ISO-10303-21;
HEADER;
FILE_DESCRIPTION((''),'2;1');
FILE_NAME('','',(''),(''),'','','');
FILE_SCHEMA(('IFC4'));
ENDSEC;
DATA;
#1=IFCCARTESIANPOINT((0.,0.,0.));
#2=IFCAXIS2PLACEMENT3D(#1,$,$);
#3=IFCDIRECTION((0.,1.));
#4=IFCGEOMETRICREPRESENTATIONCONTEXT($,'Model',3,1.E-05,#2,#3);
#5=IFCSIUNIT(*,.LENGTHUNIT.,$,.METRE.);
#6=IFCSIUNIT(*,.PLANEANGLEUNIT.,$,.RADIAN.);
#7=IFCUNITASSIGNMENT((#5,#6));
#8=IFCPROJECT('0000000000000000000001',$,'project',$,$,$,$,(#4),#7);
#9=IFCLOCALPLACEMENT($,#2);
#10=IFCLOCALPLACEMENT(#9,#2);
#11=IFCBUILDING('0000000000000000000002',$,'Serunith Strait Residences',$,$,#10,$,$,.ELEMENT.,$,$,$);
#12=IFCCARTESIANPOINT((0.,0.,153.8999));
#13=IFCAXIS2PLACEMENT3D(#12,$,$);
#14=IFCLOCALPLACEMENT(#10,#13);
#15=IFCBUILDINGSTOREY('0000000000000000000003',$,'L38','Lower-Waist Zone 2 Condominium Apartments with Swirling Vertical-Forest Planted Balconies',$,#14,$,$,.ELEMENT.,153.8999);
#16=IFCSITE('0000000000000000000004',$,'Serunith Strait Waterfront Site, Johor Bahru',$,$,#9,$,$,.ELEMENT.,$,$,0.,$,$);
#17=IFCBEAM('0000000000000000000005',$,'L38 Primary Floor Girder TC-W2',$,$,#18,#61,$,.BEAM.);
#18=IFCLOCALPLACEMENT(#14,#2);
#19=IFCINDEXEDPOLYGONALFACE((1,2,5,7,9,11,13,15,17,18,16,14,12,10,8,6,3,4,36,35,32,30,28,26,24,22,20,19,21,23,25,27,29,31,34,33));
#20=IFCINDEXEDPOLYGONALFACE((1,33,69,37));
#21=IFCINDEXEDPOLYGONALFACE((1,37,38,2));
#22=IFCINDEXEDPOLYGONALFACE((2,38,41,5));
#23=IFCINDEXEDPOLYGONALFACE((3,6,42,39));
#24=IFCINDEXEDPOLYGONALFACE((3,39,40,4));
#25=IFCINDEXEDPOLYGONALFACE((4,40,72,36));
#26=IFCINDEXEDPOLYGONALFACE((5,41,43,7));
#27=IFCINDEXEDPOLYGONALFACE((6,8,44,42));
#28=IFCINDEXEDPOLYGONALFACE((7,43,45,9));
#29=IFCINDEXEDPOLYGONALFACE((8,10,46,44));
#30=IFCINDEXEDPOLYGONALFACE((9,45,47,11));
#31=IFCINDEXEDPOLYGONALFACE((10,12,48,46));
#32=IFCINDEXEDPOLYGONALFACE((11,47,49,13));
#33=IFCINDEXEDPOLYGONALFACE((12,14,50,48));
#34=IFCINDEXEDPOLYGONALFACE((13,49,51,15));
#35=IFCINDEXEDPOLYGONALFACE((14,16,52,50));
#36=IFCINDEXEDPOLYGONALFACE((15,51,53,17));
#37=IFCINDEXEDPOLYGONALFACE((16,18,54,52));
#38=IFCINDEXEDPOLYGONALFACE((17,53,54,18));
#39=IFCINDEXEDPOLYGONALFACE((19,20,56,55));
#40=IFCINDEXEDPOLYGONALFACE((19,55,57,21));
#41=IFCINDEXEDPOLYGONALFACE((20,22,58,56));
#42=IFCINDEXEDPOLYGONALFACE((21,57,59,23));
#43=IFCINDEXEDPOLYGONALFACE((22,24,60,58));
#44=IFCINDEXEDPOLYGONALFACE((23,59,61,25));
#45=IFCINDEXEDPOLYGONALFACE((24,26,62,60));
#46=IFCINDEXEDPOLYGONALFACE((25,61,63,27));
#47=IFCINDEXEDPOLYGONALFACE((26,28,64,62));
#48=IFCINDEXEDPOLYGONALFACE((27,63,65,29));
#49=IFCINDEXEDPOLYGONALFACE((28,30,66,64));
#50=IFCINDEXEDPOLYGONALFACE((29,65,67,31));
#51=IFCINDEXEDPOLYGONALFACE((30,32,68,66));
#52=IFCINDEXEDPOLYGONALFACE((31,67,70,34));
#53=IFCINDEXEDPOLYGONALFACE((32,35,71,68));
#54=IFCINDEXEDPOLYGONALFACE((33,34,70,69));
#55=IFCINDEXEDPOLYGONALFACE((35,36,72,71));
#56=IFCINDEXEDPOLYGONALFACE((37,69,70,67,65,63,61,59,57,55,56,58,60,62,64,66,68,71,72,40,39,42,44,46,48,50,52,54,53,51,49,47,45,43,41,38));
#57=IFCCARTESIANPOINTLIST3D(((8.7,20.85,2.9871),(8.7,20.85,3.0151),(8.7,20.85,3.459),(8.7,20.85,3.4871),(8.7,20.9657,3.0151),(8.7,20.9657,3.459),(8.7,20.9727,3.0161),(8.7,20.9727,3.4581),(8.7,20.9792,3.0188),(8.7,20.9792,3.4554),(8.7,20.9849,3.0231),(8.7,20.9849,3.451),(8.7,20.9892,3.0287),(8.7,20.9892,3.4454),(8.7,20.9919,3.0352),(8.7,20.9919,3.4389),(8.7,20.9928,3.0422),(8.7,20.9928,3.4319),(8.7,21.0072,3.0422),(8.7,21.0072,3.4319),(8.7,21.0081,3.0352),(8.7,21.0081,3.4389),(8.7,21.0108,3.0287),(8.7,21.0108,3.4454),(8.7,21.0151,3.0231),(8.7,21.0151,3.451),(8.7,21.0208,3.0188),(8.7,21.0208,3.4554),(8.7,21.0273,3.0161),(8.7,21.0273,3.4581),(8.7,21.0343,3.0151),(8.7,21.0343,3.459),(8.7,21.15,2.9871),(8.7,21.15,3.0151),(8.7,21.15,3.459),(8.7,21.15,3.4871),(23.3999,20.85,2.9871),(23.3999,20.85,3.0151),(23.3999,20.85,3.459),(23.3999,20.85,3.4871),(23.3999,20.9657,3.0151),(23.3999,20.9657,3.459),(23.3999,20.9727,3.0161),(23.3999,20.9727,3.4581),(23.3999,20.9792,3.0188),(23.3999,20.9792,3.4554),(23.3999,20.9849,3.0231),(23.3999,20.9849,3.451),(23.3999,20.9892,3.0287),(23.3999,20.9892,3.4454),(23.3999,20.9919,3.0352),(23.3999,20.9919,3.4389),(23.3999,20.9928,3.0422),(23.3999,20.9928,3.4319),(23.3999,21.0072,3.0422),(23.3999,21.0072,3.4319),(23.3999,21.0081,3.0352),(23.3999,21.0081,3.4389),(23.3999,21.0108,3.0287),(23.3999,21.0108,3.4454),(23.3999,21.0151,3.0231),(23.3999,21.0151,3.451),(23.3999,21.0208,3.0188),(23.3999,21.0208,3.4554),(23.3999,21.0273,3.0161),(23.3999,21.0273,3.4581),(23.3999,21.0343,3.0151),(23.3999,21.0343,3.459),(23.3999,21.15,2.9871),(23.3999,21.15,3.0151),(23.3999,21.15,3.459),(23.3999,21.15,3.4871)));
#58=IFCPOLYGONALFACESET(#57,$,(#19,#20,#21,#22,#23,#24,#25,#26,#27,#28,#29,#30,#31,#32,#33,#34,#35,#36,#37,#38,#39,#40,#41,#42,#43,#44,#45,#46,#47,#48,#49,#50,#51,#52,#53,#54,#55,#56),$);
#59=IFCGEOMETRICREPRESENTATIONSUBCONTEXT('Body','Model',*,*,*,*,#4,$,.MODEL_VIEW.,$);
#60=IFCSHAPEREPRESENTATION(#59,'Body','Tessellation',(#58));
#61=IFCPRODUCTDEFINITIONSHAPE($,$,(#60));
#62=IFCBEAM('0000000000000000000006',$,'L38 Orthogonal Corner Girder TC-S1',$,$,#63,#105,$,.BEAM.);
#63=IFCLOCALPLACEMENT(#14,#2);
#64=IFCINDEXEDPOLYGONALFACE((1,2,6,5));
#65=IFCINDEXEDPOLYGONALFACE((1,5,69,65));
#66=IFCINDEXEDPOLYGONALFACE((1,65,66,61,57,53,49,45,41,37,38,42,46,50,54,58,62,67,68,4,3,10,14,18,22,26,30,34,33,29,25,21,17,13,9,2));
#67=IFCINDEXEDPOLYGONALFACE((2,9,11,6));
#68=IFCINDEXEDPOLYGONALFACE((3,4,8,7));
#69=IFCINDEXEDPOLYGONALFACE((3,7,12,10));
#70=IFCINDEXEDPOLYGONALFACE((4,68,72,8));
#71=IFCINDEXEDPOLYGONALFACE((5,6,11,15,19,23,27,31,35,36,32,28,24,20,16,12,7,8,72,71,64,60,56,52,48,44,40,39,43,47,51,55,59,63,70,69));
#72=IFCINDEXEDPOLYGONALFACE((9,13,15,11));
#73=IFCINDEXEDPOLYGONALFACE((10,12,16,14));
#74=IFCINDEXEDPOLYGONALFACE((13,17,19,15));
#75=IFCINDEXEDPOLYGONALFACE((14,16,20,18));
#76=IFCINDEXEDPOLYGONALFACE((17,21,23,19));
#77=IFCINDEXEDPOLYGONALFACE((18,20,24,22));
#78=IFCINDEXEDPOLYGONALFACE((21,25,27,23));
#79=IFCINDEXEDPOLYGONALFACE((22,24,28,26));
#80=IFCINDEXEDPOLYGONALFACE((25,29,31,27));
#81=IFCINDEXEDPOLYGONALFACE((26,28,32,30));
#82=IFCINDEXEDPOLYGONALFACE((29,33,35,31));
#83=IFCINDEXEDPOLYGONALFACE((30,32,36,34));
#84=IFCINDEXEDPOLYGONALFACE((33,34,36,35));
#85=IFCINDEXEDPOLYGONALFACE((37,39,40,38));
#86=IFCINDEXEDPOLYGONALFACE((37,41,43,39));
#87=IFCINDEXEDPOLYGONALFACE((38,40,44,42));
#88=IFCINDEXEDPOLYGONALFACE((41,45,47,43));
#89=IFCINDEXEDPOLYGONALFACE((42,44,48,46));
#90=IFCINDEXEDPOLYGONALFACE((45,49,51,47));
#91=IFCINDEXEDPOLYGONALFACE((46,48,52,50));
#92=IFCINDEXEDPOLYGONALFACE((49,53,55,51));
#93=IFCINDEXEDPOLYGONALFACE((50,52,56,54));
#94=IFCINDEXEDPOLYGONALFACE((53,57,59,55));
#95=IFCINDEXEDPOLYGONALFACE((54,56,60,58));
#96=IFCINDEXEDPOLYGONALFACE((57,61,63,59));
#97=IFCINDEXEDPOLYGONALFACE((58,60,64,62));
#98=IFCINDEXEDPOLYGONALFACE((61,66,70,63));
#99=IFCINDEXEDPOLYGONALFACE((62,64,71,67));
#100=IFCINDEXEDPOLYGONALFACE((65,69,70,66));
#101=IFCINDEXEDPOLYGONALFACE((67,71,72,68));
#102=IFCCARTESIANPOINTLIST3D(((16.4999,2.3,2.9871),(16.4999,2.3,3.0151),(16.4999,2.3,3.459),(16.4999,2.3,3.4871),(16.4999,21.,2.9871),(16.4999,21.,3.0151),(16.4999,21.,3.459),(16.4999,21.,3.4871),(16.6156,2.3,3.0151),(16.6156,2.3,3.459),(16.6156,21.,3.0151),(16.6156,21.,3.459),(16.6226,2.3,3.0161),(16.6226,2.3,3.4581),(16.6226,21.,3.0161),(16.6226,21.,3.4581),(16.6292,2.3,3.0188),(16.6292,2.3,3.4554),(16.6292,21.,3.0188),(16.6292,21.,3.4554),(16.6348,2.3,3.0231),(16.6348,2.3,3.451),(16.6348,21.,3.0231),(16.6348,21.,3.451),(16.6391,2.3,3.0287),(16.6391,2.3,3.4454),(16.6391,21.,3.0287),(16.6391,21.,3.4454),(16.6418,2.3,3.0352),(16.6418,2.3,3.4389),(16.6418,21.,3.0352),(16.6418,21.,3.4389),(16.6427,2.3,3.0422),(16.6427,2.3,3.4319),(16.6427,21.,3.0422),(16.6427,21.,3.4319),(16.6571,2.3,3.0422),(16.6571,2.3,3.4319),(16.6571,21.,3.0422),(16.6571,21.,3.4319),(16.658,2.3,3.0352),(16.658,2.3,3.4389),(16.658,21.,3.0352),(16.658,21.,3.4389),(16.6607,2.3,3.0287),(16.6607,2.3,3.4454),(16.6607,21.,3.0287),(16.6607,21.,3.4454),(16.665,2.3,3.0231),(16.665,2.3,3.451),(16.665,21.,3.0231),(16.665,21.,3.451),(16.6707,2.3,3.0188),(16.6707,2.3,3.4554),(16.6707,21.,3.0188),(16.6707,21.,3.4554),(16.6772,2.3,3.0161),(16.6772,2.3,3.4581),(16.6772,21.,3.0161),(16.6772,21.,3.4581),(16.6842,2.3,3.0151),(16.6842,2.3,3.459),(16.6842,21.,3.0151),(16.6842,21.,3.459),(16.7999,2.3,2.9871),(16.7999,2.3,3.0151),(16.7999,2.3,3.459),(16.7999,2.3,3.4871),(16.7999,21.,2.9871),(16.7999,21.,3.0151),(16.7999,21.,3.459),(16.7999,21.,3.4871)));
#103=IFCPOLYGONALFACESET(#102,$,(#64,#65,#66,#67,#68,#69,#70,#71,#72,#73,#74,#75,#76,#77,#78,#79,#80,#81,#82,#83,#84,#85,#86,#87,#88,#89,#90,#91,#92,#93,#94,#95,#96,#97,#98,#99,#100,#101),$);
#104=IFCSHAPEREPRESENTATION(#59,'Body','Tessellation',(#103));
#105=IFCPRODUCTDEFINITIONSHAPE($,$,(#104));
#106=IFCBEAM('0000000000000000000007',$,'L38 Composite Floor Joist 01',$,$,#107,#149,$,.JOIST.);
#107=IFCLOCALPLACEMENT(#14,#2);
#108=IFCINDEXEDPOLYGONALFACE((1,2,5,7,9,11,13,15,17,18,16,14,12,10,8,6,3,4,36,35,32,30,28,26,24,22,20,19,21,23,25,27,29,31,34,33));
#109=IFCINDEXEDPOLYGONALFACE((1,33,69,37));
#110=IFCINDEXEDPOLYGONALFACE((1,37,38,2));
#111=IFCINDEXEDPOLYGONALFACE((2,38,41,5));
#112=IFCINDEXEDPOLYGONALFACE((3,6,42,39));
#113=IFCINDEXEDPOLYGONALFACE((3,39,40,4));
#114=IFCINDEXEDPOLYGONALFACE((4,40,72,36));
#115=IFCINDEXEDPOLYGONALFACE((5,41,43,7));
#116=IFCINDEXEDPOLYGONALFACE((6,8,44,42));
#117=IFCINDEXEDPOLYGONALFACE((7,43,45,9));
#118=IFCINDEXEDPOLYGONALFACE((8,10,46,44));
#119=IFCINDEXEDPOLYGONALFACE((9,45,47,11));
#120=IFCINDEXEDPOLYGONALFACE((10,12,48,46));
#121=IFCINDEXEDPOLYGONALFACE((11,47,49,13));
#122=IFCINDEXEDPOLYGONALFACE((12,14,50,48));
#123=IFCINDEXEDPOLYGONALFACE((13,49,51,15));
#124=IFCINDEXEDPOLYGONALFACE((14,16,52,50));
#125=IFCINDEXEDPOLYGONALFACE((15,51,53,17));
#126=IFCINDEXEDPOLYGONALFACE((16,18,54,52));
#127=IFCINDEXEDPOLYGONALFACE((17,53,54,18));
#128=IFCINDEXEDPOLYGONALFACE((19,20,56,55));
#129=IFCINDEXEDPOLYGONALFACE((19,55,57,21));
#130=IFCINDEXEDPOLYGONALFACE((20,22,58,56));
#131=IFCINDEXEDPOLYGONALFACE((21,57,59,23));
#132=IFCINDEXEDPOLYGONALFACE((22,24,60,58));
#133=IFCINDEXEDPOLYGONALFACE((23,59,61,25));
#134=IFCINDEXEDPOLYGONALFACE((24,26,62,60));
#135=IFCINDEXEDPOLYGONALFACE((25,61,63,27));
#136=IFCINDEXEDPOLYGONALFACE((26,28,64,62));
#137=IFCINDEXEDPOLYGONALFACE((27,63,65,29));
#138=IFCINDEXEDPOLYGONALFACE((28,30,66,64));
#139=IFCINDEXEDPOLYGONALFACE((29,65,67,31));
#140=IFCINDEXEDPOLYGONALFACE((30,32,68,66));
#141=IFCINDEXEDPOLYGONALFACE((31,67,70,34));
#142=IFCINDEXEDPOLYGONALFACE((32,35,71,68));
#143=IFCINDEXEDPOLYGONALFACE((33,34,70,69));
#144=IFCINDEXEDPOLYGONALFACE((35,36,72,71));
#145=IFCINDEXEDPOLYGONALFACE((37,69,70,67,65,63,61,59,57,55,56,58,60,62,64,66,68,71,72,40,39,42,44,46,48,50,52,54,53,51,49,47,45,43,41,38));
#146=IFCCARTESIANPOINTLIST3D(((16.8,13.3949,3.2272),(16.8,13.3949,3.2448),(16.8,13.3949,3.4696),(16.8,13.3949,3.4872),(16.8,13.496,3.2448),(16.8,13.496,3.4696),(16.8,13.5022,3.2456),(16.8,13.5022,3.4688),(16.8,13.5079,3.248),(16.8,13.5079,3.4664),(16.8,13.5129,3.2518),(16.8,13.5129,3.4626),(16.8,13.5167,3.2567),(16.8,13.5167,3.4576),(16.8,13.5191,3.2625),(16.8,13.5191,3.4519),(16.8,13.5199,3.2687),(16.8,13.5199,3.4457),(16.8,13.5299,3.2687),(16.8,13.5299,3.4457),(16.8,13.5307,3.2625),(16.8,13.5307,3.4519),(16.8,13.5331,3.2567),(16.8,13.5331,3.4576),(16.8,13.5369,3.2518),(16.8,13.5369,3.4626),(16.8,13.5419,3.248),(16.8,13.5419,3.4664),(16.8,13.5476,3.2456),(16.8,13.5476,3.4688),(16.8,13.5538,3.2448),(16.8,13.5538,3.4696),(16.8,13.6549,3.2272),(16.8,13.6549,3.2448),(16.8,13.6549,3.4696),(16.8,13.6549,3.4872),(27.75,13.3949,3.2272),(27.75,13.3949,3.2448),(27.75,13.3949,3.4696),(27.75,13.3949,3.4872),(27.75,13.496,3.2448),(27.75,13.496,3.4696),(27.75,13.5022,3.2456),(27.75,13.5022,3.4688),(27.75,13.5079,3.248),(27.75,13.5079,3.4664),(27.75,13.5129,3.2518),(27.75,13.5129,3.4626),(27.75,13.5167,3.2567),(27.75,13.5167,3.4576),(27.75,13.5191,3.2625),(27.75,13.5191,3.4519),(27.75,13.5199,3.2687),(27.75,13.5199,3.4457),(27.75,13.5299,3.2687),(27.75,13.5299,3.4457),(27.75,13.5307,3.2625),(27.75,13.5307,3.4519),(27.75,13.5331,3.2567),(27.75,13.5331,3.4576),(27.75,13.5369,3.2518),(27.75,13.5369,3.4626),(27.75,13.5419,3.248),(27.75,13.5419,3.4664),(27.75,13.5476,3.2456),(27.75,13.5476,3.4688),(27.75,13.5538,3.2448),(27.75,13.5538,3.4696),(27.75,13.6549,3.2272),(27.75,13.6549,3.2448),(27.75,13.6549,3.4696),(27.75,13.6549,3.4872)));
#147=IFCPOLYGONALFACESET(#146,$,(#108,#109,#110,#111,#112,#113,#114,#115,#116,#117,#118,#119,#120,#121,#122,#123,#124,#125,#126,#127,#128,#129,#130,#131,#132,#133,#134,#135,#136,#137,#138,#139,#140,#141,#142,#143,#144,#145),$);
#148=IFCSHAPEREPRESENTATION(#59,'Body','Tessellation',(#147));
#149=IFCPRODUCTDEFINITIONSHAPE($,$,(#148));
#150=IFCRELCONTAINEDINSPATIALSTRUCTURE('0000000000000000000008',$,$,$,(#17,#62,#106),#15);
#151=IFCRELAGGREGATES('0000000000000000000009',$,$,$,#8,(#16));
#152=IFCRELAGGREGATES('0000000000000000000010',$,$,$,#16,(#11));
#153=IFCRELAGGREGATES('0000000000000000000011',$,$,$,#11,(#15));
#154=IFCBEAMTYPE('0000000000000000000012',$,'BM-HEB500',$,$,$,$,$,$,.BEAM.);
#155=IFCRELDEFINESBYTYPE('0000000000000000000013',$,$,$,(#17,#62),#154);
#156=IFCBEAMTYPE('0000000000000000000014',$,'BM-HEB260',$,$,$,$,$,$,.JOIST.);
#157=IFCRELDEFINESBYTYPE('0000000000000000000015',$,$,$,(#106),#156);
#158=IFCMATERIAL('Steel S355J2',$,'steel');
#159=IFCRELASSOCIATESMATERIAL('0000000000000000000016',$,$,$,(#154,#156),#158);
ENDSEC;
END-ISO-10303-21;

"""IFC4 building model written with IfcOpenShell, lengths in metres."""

from ifc_helpers import new_model, si_unit, direction, frame, origin, origin_2d, place, context, subcontext, project, spatial, i_section, extrude, source, transform, mapped, material, material_profile, profile_set, type_object, element, save


model = new_model("IFC4")

# Units and contexts
model_context = context("Model", 3, precision=1e-05, world=origin(), true_north=direction((0.0, 1.0)))
body_context = subcontext(model_context, "Body", "Model", "MODEL_VIEW")
ifc_project = project(units=[si_unit("LENGTHUNIT", "METRE"), si_unit("PLANEANGLEUNIT", "RADIAN")], contexts=[model_context])

# Site, building, storey
site_placement = place(None, origin())
site = spatial("IfcSite", under=ifc_project, at=site_placement, Name="Serunith Strait Waterfront Site, Johor Bahru", CompositionType="ELEMENT", RefElevation=0.0)
building_placement = place(site_placement, origin())
building = spatial("IfcBuilding", under=site, at=building_placement, Name="Serunith Strait Residences", CompositionType="ELEMENT")
storey_placement = place(building_placement, frame((0.0, 0.0, 153.8999)))
storey = spatial("IfcBuildingStorey", under=building, at=storey_placement, Name="L38", Description="Lower-Waist Zone 2 Condominium Apartments with Swirling Vertical-Forest Planted Balconies", CompositionType="ELEMENT", Elevation=153.8999)

# Beams
ifc_material_1 = material(Name="Steel S355J2", Category="steel")
ifc_material_profile_1 = material_profile(ifc_material_1, i_section(OverallWidth=0.3, OverallDepth=0.5, WebThickness=0.0144, FlangeThickness=0.0281, FilletRadius=0.0271, at=origin_2d()), Name="HEB 500")
ifc_profile_set_1 = profile_set([ifc_material_profile_1], Name="Steel S355J2")
beam_type_1 = type_object("IfcBeamType", Name="BM-HEB500", PredefinedType="BEAM", material=ifc_profile_set_1)
shared_shape_1 = source(origin(), body_context, "Body", "SweptSolid", [
    extrude(i_section(OverallWidth=0.3, OverallDepth=0.5, WebThickness=0.0144, FlangeThickness=0.0281, FilletRadius=0.0271, at=origin_2d()), origin(), (0.0, 0.0, 1.0), 14.7),
])
beam_1_placement = place(storey_placement, frame((23.3999, 21.0, 3.2371), z_axis=(-1.0, 0.0, 0.0), x_axis=(0.0, -1.0, 0.0)))
element("IfcBeam", 1, at=beam_1_placement, inside=storey, type_object=beam_type_1, Name="L38 Primary Floor Girder TC-W2", PredefinedType="BEAM", context=body_context, shape_type="MappedRepresentation", body=[
    mapped(shared_shape_1, transform((0.0, 0.0, 0.0), scale=1.0)),
])
shared_shape_2 = source(origin(), body_context, "Body", "SweptSolid", [
    extrude(i_section(OverallWidth=0.3, OverallDepth=0.5, WebThickness=0.0144, FlangeThickness=0.0281, FilletRadius=0.0271, at=origin_2d()), origin(), (0.0, 0.0, 1.0), 18.7),
])
beam_2_placement = place(storey_placement, frame((16.6499, 21.0, 3.2371), z_axis=(0.0, -1.0, 0.0), x_axis=(1.0, 0.0, 0.0)))
element("IfcBeam", 2, at=beam_2_placement, inside=storey, type_object=beam_type_1, Name="L38 Orthogonal Corner Girder TC-S1", PredefinedType="BEAM", context=body_context, shape_type="MappedRepresentation", body=[
    mapped(shared_shape_2, transform((0.0, 0.0, 0.0), scale=1.0)),
])
ifc_material_profile_2 = material_profile(ifc_material_1, i_section(OverallWidth=0.26, OverallDepth=0.26, WebThickness=0.01, FlangeThickness=0.0176, FilletRadius=0.0239, at=origin_2d()), Name="HEB 260")
ifc_profile_set_2 = profile_set([ifc_material_profile_2], Name="Steel S355J2")
beam_type_2 = type_object("IfcBeamType", Name="BM-HEB260", PredefinedType="JOIST", material=ifc_profile_set_2)
shared_shape_3 = source(origin(), body_context, "Body", "SweptSolid", [
    extrude(i_section(OverallWidth=0.26, OverallDepth=0.26, WebThickness=0.01, FlangeThickness=0.0176, FilletRadius=0.0239, at=origin_2d()), origin(), (0.0, 0.0, 1.0), 10.95),
])
beam_3_placement = place(storey_placement, frame((16.8, 13.5249, 3.3572), z_axis=(1.0, 0.0, 0.0), x_axis=(0.0, 1.0, 0.0)))
element("IfcBeam", 3, at=beam_3_placement, inside=storey, type_object=beam_type_2, Name="L38 Composite Floor Joist 01", PredefinedType="JOIST", context=body_context, shape_type="MappedRepresentation", body=[
    mapped(shared_shape_3, transform((0.0, 0.0, 0.0), scale=1.0)),
])

save(model, "model.ifc")
